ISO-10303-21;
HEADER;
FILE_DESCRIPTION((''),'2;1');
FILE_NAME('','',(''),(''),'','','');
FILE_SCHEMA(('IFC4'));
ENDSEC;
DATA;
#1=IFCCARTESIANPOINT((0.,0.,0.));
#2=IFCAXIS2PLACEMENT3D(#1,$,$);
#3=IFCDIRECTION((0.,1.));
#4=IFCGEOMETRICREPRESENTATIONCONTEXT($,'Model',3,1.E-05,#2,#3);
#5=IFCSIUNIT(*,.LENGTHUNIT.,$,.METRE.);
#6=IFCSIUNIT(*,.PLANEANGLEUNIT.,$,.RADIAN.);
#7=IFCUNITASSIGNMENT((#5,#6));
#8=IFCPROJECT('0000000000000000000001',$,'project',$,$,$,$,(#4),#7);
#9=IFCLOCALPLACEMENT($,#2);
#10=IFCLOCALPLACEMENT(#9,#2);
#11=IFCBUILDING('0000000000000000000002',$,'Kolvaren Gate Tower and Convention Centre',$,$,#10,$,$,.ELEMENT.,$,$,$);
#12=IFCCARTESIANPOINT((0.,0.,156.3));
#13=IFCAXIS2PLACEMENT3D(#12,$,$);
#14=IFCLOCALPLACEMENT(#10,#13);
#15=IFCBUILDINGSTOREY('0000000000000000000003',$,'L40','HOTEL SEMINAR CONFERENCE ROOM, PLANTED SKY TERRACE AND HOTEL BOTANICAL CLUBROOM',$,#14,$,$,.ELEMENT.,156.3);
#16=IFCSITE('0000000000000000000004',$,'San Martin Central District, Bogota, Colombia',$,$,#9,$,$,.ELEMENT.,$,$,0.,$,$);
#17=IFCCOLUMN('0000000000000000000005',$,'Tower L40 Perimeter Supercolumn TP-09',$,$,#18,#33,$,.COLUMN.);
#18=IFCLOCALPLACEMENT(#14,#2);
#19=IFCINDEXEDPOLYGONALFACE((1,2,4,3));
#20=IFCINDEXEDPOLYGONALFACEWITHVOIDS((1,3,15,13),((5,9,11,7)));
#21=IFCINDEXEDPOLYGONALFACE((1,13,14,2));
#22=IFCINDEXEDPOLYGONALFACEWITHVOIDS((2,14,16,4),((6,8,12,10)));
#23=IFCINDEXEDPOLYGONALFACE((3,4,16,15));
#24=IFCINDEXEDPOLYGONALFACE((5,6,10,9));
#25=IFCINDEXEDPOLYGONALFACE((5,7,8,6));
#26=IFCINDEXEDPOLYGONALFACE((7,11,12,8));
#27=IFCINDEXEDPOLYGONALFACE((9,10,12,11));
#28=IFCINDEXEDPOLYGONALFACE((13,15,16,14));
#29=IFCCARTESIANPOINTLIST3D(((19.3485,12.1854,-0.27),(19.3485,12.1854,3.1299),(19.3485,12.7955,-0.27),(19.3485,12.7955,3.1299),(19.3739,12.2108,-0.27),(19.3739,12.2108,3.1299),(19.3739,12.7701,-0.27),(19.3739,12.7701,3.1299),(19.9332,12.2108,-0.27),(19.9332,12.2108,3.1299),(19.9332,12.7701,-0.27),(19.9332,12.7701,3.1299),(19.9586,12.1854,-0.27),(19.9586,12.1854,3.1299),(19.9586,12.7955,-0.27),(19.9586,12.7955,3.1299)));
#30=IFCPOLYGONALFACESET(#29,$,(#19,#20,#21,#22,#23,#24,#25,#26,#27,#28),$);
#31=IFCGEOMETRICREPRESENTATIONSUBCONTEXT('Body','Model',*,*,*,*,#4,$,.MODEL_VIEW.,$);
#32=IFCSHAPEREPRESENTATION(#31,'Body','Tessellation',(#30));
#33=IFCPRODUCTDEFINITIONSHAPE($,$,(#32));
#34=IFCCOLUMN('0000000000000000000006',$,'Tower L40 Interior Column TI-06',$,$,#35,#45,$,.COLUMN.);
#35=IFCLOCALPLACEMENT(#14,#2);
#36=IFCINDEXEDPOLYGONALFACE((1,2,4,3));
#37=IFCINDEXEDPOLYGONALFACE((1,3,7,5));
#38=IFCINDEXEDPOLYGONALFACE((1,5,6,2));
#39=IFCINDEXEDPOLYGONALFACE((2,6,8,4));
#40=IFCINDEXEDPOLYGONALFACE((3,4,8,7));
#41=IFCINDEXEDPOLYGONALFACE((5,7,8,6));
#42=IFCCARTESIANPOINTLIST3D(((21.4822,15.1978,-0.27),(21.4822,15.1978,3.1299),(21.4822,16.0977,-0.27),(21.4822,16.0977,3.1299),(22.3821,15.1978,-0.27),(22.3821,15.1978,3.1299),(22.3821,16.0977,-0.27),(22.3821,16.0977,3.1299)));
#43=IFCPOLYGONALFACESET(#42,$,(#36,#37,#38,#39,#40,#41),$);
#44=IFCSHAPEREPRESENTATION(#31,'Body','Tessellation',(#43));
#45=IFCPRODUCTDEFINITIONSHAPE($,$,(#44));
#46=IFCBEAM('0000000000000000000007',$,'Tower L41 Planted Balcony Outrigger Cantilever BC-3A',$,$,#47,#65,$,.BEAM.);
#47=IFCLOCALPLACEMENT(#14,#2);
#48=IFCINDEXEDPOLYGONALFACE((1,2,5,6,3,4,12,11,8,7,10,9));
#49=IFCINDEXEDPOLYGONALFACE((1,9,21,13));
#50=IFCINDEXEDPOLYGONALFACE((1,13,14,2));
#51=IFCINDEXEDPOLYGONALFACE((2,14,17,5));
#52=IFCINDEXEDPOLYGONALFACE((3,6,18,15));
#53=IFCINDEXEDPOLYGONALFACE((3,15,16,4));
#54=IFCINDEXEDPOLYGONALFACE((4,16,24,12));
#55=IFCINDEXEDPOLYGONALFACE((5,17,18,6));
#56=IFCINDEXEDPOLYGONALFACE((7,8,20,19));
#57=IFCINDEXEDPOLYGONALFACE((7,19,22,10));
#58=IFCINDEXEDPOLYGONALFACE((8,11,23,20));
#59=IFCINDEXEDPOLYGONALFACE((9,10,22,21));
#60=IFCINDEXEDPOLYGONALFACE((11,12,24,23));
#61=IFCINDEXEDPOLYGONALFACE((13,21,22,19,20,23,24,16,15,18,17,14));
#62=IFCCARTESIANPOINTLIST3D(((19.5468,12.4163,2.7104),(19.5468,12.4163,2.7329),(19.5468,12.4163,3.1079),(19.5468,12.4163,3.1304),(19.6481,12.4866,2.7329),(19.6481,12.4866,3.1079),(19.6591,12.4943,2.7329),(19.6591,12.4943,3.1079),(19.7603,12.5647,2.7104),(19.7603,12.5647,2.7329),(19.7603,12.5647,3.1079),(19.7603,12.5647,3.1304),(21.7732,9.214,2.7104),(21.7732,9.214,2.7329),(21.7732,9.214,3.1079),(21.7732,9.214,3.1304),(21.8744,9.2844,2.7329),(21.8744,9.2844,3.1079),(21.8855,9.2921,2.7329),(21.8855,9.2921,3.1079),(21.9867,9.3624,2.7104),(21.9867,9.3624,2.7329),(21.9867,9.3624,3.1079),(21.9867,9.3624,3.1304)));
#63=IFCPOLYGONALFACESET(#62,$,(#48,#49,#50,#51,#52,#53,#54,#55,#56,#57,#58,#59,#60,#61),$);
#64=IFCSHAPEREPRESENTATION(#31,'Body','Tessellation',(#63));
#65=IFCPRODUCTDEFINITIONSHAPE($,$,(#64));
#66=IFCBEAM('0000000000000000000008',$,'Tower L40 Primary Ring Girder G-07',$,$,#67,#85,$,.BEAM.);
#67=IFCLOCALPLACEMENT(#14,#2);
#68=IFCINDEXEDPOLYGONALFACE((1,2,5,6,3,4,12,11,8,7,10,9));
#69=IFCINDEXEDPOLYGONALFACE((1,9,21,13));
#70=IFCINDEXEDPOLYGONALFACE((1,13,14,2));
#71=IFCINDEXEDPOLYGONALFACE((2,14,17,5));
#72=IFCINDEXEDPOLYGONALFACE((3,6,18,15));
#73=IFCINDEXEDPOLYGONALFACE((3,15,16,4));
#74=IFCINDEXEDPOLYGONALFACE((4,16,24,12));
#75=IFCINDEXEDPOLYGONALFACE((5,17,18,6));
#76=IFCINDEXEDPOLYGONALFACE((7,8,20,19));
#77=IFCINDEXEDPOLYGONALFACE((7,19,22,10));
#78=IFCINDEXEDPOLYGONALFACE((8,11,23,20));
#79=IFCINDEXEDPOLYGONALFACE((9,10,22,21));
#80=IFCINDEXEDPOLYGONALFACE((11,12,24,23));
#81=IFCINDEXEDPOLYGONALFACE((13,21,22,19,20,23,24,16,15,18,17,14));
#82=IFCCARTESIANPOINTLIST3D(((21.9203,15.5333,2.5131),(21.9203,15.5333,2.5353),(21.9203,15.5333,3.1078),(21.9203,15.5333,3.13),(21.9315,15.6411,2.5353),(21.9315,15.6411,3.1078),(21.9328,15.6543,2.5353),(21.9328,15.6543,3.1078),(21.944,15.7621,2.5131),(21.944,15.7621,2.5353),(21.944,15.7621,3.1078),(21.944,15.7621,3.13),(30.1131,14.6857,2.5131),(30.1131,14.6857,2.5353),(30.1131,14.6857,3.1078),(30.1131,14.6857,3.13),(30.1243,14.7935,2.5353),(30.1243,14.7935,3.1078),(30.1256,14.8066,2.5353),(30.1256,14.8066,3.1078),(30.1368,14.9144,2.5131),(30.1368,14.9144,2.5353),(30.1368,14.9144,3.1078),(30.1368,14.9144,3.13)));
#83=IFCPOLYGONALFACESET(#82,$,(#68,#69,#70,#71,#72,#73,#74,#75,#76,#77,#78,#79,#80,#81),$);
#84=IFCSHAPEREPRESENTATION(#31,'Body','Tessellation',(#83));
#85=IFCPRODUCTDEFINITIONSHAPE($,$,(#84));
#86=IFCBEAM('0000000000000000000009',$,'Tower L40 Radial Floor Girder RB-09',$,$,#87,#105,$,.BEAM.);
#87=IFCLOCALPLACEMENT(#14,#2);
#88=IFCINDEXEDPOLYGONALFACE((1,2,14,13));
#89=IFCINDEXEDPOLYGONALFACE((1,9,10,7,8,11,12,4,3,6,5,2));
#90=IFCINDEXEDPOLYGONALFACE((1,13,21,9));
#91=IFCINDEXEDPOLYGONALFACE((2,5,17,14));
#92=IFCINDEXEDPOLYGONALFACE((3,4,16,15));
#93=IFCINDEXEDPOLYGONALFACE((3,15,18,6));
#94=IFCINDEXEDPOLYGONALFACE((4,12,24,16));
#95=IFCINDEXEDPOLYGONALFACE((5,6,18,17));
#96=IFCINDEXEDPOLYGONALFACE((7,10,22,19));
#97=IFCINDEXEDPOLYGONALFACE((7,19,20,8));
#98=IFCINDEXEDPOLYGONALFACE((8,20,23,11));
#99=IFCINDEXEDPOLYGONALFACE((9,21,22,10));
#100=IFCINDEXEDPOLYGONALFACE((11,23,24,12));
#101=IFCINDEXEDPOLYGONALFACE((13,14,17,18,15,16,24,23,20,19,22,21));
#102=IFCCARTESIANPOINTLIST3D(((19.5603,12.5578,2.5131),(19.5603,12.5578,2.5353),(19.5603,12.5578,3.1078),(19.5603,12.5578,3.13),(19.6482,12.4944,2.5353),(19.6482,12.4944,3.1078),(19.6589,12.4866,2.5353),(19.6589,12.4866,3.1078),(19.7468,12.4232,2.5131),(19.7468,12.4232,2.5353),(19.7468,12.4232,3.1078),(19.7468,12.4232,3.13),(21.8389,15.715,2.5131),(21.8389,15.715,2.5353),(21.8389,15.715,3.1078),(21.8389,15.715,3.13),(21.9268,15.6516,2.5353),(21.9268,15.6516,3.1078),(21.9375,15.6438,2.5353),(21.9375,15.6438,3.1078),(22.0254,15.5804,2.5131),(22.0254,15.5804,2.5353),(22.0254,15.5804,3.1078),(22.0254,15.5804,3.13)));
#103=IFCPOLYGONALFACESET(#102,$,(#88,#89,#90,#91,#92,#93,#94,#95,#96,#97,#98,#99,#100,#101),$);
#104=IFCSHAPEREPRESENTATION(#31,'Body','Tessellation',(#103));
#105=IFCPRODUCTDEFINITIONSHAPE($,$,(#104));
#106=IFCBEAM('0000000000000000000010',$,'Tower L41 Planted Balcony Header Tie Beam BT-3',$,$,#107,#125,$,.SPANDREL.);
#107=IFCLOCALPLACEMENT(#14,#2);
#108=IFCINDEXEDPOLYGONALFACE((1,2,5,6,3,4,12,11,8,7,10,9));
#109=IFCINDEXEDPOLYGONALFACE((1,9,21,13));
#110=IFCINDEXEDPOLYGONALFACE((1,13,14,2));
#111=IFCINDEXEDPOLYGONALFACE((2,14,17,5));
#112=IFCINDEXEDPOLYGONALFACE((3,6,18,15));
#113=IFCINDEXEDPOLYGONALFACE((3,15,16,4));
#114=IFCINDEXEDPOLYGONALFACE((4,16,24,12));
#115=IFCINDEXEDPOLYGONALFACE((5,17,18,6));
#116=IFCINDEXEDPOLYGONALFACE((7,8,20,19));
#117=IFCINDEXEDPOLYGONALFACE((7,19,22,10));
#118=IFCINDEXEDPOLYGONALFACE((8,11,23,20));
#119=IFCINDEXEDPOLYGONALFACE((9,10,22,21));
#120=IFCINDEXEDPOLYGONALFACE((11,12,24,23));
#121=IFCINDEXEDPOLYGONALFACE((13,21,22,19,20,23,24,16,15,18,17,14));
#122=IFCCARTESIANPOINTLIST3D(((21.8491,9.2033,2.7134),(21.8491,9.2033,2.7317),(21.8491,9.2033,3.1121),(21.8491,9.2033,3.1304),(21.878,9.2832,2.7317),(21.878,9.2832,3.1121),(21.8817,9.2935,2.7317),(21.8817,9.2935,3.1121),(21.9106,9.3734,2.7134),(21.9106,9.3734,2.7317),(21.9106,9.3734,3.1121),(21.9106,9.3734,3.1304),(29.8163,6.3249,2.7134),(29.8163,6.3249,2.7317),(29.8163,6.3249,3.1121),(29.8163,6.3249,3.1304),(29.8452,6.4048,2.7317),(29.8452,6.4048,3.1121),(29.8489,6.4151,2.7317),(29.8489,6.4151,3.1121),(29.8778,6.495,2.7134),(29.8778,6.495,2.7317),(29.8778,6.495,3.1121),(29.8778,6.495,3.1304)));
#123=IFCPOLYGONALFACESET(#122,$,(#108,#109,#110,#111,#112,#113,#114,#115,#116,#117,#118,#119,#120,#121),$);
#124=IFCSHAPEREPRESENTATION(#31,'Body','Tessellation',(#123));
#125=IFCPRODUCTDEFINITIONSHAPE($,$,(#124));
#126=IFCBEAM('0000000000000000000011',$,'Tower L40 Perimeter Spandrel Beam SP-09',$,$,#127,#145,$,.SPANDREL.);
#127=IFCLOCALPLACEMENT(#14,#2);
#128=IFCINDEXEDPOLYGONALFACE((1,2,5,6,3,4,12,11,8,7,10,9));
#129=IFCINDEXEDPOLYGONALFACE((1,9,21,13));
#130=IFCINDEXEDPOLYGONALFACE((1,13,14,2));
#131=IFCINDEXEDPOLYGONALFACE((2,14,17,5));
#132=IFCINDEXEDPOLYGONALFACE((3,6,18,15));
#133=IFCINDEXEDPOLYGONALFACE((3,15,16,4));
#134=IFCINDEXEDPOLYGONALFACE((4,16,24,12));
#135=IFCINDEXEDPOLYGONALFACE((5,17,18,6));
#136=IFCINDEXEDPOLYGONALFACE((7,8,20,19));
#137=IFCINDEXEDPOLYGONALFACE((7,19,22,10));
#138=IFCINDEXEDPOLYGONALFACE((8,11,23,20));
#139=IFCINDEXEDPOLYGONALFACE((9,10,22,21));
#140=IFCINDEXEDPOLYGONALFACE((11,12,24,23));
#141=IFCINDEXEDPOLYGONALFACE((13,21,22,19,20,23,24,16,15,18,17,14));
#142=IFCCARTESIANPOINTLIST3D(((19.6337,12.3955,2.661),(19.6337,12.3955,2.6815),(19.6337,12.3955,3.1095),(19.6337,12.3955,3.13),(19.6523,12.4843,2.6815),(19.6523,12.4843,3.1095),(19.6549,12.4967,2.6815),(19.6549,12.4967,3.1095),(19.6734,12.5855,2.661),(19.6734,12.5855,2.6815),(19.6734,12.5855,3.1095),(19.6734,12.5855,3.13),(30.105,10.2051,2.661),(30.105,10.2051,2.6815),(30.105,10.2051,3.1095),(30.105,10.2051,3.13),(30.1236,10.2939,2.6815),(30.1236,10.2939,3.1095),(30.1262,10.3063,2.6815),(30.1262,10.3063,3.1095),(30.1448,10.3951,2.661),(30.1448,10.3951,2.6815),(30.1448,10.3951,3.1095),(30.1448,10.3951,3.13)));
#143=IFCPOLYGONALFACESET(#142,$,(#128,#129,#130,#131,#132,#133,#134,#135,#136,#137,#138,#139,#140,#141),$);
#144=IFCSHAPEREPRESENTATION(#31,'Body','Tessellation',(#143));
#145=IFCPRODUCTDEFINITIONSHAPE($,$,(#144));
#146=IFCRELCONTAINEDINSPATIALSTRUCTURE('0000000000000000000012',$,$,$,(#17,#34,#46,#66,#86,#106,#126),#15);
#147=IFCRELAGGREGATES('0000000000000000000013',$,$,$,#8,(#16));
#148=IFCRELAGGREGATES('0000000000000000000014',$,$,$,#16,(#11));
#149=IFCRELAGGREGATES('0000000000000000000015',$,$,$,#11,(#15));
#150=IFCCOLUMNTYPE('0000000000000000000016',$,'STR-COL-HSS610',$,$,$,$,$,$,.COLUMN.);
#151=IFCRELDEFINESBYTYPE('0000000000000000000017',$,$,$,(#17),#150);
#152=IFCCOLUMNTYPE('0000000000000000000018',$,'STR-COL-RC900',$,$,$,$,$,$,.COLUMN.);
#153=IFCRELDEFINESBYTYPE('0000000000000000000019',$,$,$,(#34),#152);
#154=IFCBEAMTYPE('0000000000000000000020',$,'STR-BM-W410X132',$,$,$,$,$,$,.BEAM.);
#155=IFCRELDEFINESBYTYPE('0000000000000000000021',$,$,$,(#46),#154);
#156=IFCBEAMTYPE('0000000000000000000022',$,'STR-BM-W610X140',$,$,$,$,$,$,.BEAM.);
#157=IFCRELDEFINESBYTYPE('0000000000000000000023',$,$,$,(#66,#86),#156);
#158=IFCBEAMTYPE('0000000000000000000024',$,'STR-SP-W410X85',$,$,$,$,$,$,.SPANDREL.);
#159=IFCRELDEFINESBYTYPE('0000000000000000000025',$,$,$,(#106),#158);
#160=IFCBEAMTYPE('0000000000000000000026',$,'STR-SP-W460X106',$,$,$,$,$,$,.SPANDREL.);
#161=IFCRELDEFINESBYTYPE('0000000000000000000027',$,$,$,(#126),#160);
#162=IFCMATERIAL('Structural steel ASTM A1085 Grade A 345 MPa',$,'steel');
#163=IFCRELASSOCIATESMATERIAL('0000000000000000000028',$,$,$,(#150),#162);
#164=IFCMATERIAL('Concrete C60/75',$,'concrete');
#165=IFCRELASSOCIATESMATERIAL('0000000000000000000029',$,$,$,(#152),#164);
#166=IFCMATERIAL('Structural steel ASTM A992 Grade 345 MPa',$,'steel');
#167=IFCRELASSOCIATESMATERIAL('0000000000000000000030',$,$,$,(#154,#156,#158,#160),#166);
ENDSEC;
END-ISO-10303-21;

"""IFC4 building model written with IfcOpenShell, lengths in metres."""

from ifc_helpers import new_model, si_unit, direction, frame, origin, origin_2d, place, context, subcontext, project, spatial, rectangle, hollow_rectangle, i_section, extrude, material, material_profile, profile_set, type_object, element, save


model = new_model("IFC4")

# Units and contexts
model_context = context("Model", 3, precision=1e-05, world=origin(), true_north=direction((0.0, 1.0)))
body_context = subcontext(model_context, "Body", "Model", "MODEL_VIEW")
ifc_project = project(units=[si_unit("LENGTHUNIT", "METRE"), si_unit("PLANEANGLEUNIT", "RADIAN")], contexts=[model_context])

# Site, building, storey
site_placement = place(None, origin())
site = spatial("IfcSite", under=ifc_project, at=site_placement, Name="San Martin Central District, Bogota, Colombia", CompositionType="ELEMENT", RefElevation=0.0)
building_placement = place(site_placement, origin())
building = spatial("IfcBuilding", under=site, at=building_placement, Name="Kolvaren Gate Tower and Convention Centre", CompositionType="ELEMENT")
storey_placement = place(building_placement, frame((0.0, 0.0, 156.3)))
storey = spatial("IfcBuildingStorey", under=building, at=storey_placement, Name="L40", Description="HOTEL SEMINAR CONFERENCE ROOM, PLANTED SKY TERRACE AND HOTEL BOTANICAL CLUBROOM", CompositionType="ELEMENT", Elevation=156.3)

# Columns
ifc_material_1 = material(Name="Structural steel ASTM A1085 Grade A 345 MPa", Category="steel")
ifc_material_profile_1 = material_profile(ifc_material_1, hollow_rectangle(XDim=0.6101, YDim=0.6101, WallThickness=0.0254, at=origin_2d()), Name="HSS610X610X25.4")
ifc_profile_set_1 = profile_set([ifc_material_profile_1], Name="Structural steel ASTM A1085 Grade A 345 MPa")
column_type_1 = type_object("IfcColumnType", Name="STR-COL-HSS610", PredefinedType="COLUMN", material=ifc_profile_set_1)
column_1_placement = place(storey_placement, frame((19.6536, 12.4905, -0.27), z_axis=(0.0, 0.0, 1.0), x_axis=(1.0, 0.0, 0.0)))
element("IfcColumn", 1, at=column_1_placement, inside=storey, type_object=column_type_1, Name="Tower L40 Perimeter Supercolumn TP-09", PredefinedType="COLUMN", context=body_context, shape_type="SweptSolid", body=[
    extrude(hollow_rectangle(XDim=0.6101, YDim=0.6101, WallThickness=0.0254, at=origin_2d()), origin(), (0.0, 0.0, 1.0), 3.3999),
])
ifc_material_2 = material(Name="Concrete C60/75", Category="concrete")
ifc_material_profile_2 = material_profile(ifc_material_2, rectangle(XDim=0.8999, YDim=0.8999, at=origin_2d()), Name="RC-COL-900X900")
ifc_profile_set_2 = profile_set([ifc_material_profile_2], Name="Concrete C60/75")
column_type_2 = type_object("IfcColumnType", Name="STR-COL-RC900", PredefinedType="COLUMN", material=ifc_profile_set_2)
column_2_placement = place(storey_placement, frame((21.9321, 15.6477, -0.27), z_axis=(0.0, 0.0, 1.0), x_axis=(1.0, 0.0, 0.0)))
element("IfcColumn", 2, at=column_2_placement, inside=storey, type_object=column_type_2, Name="Tower L40 Interior Column TI-06", PredefinedType="COLUMN", context=body_context, shape_type="SweptSolid", body=[
    extrude(rectangle(XDim=0.8999, YDim=0.8999, at=origin_2d()), origin(), (0.0, 0.0, 1.0), 3.3999),
])

# Beams
ifc_material_3 = material(Name="Structural steel ASTM A992 Grade 345 MPa", Category="steel")
ifc_material_profile_3 = material_profile(ifc_material_3, i_section(OverallWidth=0.26, OverallDepth=0.4199, WebThickness=0.0134, FlangeThickness=0.0225, at=origin_2d()), Name="W410X132")
ifc_profile_set_3 = profile_set([ifc_material_profile_3], Name="Structural steel ASTM A992 Grade 345 MPa")
beam_type_1 = type_object("IfcBeamType", Name="STR-BM-W410X132", PredefinedType="BEAM", material=ifc_profile_set_3)
beam_1_placement = place(storey_placement, frame((19.6536, 12.4905, 2.9204), z_axis=(0.570846, -0.821057, 0.0), x_axis=(0.821057, 0.570846, 0.0)))
element("IfcBeam", 3, at=beam_1_placement, inside=storey, type_object=beam_type_1, Name="Tower L41 Planted Balcony Outrigger Cantilever BC-3A", PredefinedType="BEAM", context=body_context, shape_type="SweptSolid", body=[
    extrude(i_section(OverallWidth=0.26, OverallDepth=0.4199, WebThickness=0.0134, FlangeThickness=0.0225, at=origin_2d()), origin(), (0.0, 0.0, 1.0), 3.9001),
])
ifc_material_profile_4 = material_profile(ifc_material_3, i_section(OverallWidth=0.23, OverallDepth=0.6169, WebThickness=0.0132, FlangeThickness=0.0222, at=origin_2d()), Name="W610X140")
ifc_profile_set_4 = profile_set([ifc_material_profile_4], Name="Structural steel ASTM A992 Grade 345 MPa")
beam_type_2 = type_object("IfcBeamType", Name="STR-BM-W610X140", PredefinedType="BEAM", material=ifc_profile_set_4)
beam_2_placement = place(storey_placement, frame((21.9321, 15.6477, 2.8215), z_axis=(0.99469, -0.102913, 0.0), x_axis=(0.102913, 0.99469, 0.0)))
element("IfcBeam", 4, at=beam_2_placement, inside=storey, type_object=beam_type_2, Name="Tower L40 Primary Ring Girder G-07", PredefinedType="BEAM", context=body_context, shape_type="SweptSolid", body=[
    extrude(i_section(OverallWidth=0.23, OverallDepth=0.6169, WebThickness=0.0132, FlangeThickness=0.0222, at=origin_2d()), origin(), (0.0, 0.0, 1.0), 8.2366),
])
beam_3_placement = place(storey_placement, frame((21.9321, 15.6477, 2.8215), z_axis=(-0.585211, -0.810881, 0.0), x_axis=(0.810881, -0.585211, 0.0)))
element("IfcBeam", 5, at=beam_3_placement, inside=storey, type_object=beam_type_2, Name="Tower L40 Radial Floor Girder RB-09", PredefinedType="BEAM", context=body_context, shape_type="SweptSolid", body=[
    extrude(i_section(OverallWidth=0.23, OverallDepth=0.6169, WebThickness=0.0132, FlangeThickness=0.0222, at=origin_2d()), origin(), (0.0, 0.0, 1.0), 3.8936),
])
ifc_material_profile_5 = material_profile(ifc_material_3, i_section(OverallWidth=0.1809, OverallDepth=0.417, WebThickness=0.011, FlangeThickness=0.0183, at=origin_2d()), Name="W410X85")
ifc_profile_set_5 = profile_set([ifc_material_profile_5], Name="Structural steel ASTM A992 Grade 345 MPa")
beam_type_3 = type_object("IfcBeamType", Name="STR-SP-W410X85", PredefinedType="SPANDREL", material=ifc_profile_set_5)
beam_4_placement = place(storey_placement, frame((21.8799, 9.2883, 2.9219), z_axis=(0.940503, -0.339785, 0.0), x_axis=(0.339785, 0.940503, 0.0)))
element("IfcBeam", 6, at=beam_4_placement, inside=storey, type_object=beam_type_3, Name="Tower L41 Planted Balcony Header Tie Beam BT-3", PredefinedType="SPANDREL", context=body_context, shape_type="SweptSolid", body=[
    extrude(i_section(OverallWidth=0.1809, OverallDepth=0.417, WebThickness=0.011, FlangeThickness=0.0183, at=origin_2d()), origin(), (0.0, 0.0, 1.0), 8.4712),
])
ifc_material_profile_6 = material_profile(ifc_material_3, i_section(OverallWidth=0.1941, OverallDepth=0.469, WebThickness=0.0127, FlangeThickness=0.0205, at=origin_2d()), Name="W460X106")
ifc_profile_set_6 = profile_set([ifc_material_profile_6], Name="Structural steel ASTM A992 Grade 345 MPa")
beam_type_4 = type_object("IfcBeamType", Name="STR-SP-W460X106", PredefinedType="SPANDREL", material=ifc_profile_set_6)
beam_5_placement = place(storey_placement, frame((19.6536, 12.4905, 2.8955), z_axis=(0.978814, -0.20475, 0.0), x_axis=(0.20475, 0.978814, 0.0)))
element("IfcBeam", 7, at=beam_5_placement, inside=storey, type_object=beam_type_4, Name="Tower L40 Perimeter Spandrel Beam SP-09", PredefinedType="SPANDREL", context=body_context, shape_type="SweptSolid", body=[
    extrude(i_section(OverallWidth=0.1941, OverallDepth=0.469, WebThickness=0.0127, FlangeThickness=0.0205, at=origin_2d()), origin(), (0.0, 0.0, 1.0), 10.698),
])

save(model, "model.ifc")
